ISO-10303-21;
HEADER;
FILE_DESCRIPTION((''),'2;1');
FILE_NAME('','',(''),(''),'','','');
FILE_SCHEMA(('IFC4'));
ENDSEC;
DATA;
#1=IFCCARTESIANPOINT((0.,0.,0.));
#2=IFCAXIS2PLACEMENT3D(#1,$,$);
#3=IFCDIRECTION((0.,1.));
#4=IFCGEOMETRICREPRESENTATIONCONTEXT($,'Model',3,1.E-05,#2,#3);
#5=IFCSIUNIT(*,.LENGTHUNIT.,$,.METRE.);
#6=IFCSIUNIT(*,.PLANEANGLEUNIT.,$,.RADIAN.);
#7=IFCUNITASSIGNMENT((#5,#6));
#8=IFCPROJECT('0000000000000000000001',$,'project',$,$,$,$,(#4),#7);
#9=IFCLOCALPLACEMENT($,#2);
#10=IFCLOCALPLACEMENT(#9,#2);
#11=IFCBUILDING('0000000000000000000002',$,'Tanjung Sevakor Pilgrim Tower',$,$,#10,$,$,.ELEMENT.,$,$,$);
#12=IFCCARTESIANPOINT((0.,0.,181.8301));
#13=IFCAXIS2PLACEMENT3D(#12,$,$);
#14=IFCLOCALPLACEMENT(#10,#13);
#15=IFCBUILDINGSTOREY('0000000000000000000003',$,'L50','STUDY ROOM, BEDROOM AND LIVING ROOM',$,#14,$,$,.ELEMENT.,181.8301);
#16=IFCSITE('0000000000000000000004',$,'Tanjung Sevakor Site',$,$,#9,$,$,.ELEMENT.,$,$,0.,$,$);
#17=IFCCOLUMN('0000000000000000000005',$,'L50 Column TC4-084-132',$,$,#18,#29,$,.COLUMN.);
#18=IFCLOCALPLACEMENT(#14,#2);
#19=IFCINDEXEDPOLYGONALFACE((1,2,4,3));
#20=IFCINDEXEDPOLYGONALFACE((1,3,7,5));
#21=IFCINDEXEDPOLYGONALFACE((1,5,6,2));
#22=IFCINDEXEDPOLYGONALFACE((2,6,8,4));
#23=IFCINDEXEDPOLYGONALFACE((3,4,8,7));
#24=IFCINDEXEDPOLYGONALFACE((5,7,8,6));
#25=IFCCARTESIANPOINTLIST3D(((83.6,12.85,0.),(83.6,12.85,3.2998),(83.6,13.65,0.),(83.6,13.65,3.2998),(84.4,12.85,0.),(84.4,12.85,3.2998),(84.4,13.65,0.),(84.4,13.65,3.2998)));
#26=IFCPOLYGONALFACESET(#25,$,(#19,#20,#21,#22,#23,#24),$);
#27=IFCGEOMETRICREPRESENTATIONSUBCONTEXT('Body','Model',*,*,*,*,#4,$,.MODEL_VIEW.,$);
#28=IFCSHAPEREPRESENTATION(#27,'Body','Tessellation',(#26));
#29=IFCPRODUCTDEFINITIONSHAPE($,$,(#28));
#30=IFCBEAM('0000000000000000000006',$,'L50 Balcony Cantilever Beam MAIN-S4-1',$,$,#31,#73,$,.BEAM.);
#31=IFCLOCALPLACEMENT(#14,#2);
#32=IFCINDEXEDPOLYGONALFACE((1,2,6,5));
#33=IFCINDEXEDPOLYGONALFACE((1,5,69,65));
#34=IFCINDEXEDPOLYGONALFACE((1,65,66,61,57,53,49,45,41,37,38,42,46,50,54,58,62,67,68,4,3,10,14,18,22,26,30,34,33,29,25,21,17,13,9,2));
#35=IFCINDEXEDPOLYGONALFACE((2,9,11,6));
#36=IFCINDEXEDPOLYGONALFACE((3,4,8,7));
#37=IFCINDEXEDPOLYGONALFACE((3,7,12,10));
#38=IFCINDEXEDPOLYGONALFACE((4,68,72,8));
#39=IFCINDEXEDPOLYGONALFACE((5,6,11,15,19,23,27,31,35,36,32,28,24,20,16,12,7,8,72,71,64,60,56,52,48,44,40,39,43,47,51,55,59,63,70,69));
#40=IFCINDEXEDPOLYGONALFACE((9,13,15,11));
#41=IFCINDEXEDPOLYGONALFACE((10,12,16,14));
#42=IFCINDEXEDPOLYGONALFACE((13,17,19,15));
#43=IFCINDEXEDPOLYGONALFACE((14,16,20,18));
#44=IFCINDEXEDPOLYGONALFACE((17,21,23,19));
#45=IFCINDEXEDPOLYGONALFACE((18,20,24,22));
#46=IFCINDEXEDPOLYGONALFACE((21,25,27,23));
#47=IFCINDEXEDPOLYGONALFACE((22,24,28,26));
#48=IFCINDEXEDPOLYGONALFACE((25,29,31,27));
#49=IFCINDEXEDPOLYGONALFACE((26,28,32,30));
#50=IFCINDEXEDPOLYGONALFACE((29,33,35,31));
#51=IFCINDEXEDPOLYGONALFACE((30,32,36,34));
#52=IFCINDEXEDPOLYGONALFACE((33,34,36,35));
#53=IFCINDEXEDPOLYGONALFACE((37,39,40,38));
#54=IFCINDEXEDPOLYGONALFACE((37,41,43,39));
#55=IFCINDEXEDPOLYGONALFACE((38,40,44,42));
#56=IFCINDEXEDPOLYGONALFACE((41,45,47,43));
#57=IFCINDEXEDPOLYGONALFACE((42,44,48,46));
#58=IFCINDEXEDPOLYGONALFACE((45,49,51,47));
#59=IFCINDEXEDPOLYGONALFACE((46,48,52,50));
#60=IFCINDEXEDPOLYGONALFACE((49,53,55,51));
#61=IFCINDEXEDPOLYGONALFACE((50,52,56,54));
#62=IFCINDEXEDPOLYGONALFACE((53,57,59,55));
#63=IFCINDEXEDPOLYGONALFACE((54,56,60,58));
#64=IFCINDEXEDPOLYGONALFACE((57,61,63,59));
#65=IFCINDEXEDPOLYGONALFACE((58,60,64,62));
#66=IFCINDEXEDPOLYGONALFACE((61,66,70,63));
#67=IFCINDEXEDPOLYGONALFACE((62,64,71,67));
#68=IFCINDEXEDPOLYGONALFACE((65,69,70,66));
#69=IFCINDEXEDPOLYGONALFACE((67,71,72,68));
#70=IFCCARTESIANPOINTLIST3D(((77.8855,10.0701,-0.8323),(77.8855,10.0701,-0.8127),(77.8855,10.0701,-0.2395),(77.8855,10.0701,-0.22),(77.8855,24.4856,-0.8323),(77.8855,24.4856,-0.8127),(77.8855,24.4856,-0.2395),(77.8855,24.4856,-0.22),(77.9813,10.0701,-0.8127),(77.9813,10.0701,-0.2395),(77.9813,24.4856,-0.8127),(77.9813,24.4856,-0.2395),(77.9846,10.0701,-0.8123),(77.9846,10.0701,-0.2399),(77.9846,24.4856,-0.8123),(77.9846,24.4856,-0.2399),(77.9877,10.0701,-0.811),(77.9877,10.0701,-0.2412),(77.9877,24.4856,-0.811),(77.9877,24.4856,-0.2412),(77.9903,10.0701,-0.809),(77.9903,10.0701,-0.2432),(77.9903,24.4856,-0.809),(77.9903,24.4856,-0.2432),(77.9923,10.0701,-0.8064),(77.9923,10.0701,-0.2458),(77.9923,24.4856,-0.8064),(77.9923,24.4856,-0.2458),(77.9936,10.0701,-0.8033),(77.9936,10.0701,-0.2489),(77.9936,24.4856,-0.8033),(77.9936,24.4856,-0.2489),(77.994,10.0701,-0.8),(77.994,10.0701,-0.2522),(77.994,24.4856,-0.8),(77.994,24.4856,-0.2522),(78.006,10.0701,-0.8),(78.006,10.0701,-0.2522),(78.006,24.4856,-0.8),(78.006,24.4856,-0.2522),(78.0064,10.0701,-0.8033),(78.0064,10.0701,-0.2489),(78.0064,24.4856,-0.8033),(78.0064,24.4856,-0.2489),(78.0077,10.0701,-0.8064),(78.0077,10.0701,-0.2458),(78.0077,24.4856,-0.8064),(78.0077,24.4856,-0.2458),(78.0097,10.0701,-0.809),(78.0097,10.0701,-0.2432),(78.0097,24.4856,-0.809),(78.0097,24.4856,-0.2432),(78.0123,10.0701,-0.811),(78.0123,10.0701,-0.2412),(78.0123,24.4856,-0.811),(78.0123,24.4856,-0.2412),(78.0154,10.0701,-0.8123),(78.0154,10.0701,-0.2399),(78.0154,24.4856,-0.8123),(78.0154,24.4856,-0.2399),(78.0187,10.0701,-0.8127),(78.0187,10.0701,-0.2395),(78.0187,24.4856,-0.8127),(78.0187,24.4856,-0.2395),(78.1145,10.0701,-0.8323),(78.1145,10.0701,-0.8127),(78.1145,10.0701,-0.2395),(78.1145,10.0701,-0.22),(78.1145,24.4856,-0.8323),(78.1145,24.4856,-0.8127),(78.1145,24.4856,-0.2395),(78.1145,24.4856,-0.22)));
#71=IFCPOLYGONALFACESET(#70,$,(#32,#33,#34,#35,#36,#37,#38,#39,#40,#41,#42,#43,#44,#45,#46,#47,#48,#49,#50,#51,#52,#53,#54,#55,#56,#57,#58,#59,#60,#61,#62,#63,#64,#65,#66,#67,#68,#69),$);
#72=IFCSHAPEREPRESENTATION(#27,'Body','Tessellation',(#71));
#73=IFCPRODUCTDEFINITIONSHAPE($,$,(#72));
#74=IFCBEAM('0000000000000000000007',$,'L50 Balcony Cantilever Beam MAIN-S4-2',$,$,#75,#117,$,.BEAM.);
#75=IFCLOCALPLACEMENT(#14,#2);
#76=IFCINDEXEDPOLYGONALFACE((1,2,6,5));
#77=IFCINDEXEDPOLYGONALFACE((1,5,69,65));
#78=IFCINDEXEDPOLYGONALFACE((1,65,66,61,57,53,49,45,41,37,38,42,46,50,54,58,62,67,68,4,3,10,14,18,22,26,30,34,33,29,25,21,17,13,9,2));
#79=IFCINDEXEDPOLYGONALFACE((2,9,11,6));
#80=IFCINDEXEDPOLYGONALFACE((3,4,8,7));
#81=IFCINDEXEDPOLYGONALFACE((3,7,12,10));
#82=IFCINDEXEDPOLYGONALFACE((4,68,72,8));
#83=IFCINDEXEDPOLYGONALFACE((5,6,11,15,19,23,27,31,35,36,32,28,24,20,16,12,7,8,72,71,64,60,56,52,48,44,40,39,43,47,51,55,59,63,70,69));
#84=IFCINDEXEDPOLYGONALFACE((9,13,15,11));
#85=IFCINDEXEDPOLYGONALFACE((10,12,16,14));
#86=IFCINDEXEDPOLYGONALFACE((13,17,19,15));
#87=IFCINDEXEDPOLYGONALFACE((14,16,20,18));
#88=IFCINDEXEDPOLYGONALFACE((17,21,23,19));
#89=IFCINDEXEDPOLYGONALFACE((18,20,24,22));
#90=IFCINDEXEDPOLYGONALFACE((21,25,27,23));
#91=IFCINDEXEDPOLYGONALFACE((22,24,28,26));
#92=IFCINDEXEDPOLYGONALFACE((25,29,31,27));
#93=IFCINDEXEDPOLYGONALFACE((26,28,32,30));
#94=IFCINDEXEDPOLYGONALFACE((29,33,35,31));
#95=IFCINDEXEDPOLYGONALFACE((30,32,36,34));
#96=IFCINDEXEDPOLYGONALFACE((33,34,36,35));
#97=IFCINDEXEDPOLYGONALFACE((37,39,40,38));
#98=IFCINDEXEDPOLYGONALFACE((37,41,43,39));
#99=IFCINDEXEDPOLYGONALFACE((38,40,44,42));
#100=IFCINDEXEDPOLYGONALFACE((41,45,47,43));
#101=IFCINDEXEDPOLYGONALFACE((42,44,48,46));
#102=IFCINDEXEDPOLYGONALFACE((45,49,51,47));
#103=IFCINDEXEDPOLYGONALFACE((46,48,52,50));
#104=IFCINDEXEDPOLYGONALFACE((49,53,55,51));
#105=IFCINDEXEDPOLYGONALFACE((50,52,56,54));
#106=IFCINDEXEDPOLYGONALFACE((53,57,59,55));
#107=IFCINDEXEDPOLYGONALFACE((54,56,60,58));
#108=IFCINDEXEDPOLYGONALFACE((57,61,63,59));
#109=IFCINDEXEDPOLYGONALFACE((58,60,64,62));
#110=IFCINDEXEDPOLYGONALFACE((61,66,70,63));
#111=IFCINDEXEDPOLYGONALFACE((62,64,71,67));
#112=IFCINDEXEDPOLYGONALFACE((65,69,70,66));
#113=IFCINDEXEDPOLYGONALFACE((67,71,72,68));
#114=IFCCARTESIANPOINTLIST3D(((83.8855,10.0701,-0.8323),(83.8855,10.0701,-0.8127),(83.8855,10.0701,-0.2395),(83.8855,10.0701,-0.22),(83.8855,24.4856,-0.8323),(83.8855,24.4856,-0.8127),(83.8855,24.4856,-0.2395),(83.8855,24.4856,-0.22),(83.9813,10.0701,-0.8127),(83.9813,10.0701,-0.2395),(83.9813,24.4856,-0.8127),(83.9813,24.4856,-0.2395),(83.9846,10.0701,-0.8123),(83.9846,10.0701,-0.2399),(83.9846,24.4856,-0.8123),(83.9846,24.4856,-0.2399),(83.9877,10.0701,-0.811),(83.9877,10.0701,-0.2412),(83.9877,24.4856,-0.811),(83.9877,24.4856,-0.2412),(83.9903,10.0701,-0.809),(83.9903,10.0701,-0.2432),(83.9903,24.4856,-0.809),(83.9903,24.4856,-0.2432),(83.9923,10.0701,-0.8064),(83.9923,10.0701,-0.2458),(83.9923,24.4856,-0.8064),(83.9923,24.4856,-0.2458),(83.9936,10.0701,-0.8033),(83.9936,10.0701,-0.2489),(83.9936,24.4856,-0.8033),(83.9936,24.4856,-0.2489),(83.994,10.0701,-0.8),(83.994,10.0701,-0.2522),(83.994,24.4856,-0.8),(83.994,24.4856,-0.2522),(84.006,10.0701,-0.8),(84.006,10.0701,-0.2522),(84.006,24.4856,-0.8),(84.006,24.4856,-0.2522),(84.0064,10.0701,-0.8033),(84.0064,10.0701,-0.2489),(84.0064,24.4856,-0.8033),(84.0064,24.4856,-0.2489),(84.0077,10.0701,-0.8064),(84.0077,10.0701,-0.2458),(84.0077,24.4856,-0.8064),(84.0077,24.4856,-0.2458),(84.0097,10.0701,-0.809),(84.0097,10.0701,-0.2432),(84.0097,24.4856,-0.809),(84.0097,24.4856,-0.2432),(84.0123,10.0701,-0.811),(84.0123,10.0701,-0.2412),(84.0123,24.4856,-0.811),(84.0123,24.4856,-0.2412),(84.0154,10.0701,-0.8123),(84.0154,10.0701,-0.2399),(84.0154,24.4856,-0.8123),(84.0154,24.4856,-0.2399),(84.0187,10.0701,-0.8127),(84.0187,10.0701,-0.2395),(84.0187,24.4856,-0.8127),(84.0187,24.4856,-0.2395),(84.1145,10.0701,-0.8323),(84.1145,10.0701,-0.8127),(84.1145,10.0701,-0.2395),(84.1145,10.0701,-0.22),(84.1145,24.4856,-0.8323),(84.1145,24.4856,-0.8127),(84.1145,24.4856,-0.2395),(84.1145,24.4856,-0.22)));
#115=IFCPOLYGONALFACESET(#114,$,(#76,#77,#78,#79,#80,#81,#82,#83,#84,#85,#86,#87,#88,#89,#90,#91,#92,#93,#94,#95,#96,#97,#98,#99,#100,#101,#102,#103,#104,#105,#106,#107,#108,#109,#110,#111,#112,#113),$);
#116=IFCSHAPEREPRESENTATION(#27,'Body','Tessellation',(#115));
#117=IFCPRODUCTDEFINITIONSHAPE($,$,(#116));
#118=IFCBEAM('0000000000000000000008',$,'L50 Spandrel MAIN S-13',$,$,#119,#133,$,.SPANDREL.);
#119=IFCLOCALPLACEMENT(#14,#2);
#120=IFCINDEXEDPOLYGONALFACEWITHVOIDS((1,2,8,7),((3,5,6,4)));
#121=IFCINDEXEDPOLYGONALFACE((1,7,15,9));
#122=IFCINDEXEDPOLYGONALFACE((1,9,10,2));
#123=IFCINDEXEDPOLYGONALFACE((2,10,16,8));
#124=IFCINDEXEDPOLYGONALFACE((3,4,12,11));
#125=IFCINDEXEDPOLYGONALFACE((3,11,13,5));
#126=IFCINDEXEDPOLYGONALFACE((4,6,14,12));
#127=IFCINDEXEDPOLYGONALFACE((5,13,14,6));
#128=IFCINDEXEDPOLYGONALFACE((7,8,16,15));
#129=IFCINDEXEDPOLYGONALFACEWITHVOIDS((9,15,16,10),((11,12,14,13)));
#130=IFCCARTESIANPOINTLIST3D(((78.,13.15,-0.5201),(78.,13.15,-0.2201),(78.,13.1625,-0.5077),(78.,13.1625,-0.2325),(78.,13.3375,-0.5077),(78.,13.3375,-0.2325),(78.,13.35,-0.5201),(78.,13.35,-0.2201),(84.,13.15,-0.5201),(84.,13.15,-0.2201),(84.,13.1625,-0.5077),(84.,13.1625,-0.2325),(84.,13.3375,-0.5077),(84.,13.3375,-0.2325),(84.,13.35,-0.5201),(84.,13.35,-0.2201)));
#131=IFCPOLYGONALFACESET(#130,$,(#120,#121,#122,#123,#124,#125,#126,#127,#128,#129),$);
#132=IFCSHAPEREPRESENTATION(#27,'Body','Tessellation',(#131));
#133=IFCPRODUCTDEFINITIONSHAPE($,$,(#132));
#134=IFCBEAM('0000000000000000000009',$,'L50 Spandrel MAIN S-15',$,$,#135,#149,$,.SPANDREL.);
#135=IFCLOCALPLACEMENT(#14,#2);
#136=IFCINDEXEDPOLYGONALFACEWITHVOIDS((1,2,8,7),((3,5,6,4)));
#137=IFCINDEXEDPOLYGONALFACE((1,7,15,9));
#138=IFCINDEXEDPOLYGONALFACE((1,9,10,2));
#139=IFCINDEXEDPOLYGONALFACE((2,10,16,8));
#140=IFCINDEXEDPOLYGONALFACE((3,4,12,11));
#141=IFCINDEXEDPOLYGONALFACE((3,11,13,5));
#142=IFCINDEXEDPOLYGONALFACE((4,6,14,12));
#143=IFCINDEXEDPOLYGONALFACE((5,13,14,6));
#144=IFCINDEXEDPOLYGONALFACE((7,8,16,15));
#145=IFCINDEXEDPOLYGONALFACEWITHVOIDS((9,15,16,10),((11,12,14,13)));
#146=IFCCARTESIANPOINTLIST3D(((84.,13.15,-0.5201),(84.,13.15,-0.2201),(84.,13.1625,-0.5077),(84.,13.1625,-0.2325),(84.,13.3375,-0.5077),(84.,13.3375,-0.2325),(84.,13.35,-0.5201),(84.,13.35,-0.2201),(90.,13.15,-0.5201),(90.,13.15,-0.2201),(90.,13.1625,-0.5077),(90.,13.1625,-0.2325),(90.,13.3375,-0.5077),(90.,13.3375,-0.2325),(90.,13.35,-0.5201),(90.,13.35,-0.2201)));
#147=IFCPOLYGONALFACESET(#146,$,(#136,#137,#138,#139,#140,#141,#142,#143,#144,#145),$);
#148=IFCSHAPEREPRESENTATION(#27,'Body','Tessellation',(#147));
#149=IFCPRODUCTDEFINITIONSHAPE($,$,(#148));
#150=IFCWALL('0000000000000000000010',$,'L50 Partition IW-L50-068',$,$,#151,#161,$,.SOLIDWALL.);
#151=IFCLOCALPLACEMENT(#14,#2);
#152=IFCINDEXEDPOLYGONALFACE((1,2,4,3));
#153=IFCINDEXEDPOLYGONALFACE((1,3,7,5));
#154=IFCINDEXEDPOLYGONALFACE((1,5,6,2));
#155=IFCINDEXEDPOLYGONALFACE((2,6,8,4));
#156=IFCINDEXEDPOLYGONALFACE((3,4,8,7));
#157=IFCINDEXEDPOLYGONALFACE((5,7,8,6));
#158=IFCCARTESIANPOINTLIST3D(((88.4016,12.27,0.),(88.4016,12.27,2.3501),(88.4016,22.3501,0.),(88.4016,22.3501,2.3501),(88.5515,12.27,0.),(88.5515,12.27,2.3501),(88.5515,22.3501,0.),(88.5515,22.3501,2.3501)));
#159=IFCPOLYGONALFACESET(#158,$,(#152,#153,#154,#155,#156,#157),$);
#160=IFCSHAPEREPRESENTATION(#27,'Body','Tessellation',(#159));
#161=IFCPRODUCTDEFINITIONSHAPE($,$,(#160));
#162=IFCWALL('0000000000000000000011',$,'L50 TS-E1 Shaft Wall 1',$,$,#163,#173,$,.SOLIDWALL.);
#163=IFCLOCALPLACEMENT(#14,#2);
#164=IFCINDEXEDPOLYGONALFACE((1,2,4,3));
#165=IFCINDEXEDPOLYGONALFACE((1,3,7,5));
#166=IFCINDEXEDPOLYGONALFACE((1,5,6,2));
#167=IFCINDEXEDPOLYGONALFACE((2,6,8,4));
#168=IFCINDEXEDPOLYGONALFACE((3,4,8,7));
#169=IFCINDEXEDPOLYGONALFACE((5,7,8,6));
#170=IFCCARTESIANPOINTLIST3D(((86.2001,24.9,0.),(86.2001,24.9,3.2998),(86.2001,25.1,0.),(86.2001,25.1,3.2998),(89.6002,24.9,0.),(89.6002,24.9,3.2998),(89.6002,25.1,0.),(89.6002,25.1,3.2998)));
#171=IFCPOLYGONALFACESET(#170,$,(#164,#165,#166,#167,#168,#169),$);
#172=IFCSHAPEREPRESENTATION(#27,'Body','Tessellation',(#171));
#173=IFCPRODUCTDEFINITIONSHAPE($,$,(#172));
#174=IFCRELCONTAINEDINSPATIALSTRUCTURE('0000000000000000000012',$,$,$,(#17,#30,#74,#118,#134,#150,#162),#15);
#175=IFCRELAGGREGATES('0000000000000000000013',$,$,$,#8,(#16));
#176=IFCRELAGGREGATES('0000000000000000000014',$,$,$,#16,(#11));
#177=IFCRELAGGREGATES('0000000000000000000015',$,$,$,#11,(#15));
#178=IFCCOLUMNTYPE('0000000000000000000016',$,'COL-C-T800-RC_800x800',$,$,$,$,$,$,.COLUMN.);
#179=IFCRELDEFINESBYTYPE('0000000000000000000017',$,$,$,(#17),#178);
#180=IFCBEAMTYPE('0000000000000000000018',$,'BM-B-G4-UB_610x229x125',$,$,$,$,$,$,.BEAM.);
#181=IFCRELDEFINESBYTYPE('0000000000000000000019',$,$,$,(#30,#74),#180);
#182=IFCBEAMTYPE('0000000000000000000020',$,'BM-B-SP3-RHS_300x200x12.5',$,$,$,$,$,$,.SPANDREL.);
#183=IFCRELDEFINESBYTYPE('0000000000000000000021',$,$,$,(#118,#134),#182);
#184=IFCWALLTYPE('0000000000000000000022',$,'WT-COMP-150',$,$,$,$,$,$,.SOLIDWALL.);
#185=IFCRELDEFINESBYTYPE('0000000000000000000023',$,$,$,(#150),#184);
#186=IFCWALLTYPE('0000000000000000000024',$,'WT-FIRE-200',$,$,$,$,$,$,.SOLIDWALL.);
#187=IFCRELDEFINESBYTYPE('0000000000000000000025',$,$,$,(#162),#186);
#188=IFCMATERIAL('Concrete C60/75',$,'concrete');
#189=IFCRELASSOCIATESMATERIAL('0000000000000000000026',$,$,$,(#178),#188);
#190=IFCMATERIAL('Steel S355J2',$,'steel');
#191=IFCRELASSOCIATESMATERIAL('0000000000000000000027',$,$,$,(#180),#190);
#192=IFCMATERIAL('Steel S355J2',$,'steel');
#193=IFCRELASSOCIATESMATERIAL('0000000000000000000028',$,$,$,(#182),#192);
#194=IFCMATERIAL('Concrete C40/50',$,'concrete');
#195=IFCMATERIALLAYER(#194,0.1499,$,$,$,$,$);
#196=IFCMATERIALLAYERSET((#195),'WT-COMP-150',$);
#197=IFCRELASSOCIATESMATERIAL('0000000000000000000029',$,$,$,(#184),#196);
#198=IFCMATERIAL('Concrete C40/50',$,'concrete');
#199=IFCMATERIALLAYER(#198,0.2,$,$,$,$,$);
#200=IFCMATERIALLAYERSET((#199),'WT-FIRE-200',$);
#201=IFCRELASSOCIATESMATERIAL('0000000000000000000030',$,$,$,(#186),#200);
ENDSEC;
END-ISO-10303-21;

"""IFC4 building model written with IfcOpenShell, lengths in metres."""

from ifc_helpers import new_model, si_unit, direction, frame, frame_2d, origin, origin_2d, place, context, subcontext, project, spatial, rectangle, hollow_rectangle, i_section, extrude, material, layer, layer_set, material_profile, profile_set, type_object, element, save


model = new_model("IFC4")

# Units and contexts
model_context = context("Model", 3, precision=1e-05, world=origin(), true_north=direction((0.0, 1.0)))
body_context = subcontext(model_context, "Body", "Model", "MODEL_VIEW")
ifc_project = project(units=[si_unit("LENGTHUNIT", "METRE"), si_unit("PLANEANGLEUNIT", "RADIAN")], contexts=[model_context])

# Site, building, storey
site_placement = place(None, origin())
site = spatial("IfcSite", under=ifc_project, at=site_placement, Name="Tanjung Sevakor Site", CompositionType="ELEMENT", RefElevation=0.0)
building_placement = place(site_placement, origin())
building = spatial("IfcBuilding", under=site, at=building_placement, Name="Tanjung Sevakor Pilgrim Tower", CompositionType="ELEMENT")
storey_placement = place(building_placement, frame((0.0, 0.0, 181.8301)))
storey = spatial("IfcBuildingStorey", under=building, at=storey_placement, Name="L50", Description="STUDY ROOM, BEDROOM AND LIVING ROOM", CompositionType="ELEMENT", Elevation=181.8301)

# Column
ifc_material_1 = material(Name="Concrete C60/75", Category="concrete")
ifc_material_profile_1 = material_profile(ifc_material_1, rectangle(XDim=0.8, YDim=0.8, at=origin_2d()))
ifc_profile_set_1 = profile_set([ifc_material_profile_1], Name="Concrete C60/75")
column_type = type_object("IfcColumnType", Name="COL-C-T800-RC_800x800", PredefinedType="COLUMN", material=ifc_profile_set_1)
column_placement = place(storey_placement, frame((84.0, 13.25, 0.0), z_axis=(0.0, 0.0, 1.0), x_axis=(1.0, 0.0, 0.0)))
element("IfcColumn", 1, at=column_placement, inside=storey, type_object=column_type, Name="L50 Column TC4-084-132", PredefinedType="COLUMN", context=body_context, shape_type="SweptSolid", body=[
    extrude(rectangle(XDim=0.8, YDim=0.8, at=origin_2d()), origin(), (0.0, 0.0, 1.0), 3.2998),
])

# Beams
ifc_material_2 = material(Name="Steel S355J2", Category="steel")
ifc_material_profile_2 = material_profile(ifc_material_2, i_section(OverallWidth=0.229, OverallDepth=0.6123, WebThickness=0.012, FlangeThickness=0.0195, FilletRadius=0.0127, at=origin_2d()))
ifc_profile_set_2 = profile_set([ifc_material_profile_2], Name="Steel S355J2")
beam_type_1 = type_object("IfcBeamType", Name="BM-B-G4-UB_610x229x125", PredefinedType="BEAM", material=ifc_profile_set_2)
for number, where, z_axis, x_axis, name in (
    (2, (78.0, 24.4856, -0.5261), (0.0, -1.0, 0.0), (1.0, 0.0, 0.0), "L50 Balcony Cantilever Beam MAIN-S4-1"),
    (3, (84.0, 24.4856, -0.5261), (0.0, -1.0, 0.0), (1.0, 0.0, 0.0), "L50 Balcony Cantilever Beam MAIN-S4-2"),
):
    element("IfcBeam", number, at=place(storey_placement, frame(where, z_axis=z_axis, x_axis=x_axis)), inside=storey, type_object=beam_type_1, Name=name, PredefinedType="BEAM", context=body_context, shape_type="SweptSolid", body=[
        extrude(i_section(OverallWidth=0.229, OverallDepth=0.6123, WebThickness=0.012, FlangeThickness=0.0195, FilletRadius=0.0127, at=origin_2d()), origin(), (0.0, 0.0, 1.0), 14.4155),
    ])
ifc_material_3 = material(Name="Steel S355J2", Category="steel")
ifc_material_profile_3 = material_profile(ifc_material_3, hollow_rectangle(XDim=0.2, YDim=0.3, WallThickness=0.0125, at=origin_2d()))
ifc_profile_set_3 = profile_set([ifc_material_profile_3], Name="Steel S355J2")
beam_type_2 = type_object("IfcBeamType", Name="BM-B-SP3-RHS_300x200x12.5", PredefinedType="SPANDREL", material=ifc_profile_set_3)
for number, where, z_axis, x_axis, name in (
    (4, (78.0, 13.25, -0.3701), (1.0, 0.0, 0.0), (0.0, 1.0, 0.0), "L50 Spandrel MAIN S-13"),
    (5, (84.0, 13.25, -0.3701), (1.0, 0.0, 0.0), (0.0, 1.0, 0.0), "L50 Spandrel MAIN S-15"),
):
    element("IfcBeam", number, at=place(storey_placement, frame(where, z_axis=z_axis, x_axis=x_axis)), inside=storey, type_object=beam_type_2, Name=name, PredefinedType="SPANDREL", context=body_context, shape_type="SweptSolid", body=[
        extrude(hollow_rectangle(XDim=0.2, YDim=0.3, WallThickness=0.0125, at=origin_2d()), origin(), (0.0, 0.0, 1.0), 6.0),
    ])

# Walls
ifc_material_4 = material(Name="Concrete C40/50", Category="concrete")
ifc_layer_1 = layer(ifc_material_4, 0.1499)
ifc_layer_set_1 = layer_set([ifc_layer_1], Name="WT-COMP-150")
wall_type_1 = type_object("IfcWallType", Name="WT-COMP-150", PredefinedType="SOLIDWALL", material=ifc_layer_set_1)
wall_1_placement = place(storey_placement, frame((88.4766, 12.27, 0.0), z_axis=(0.0, 0.0, 1.0), x_axis=(0.0, 1.0, 0.0)))
element("IfcWall", 6, at=wall_1_placement, inside=storey, type_object=wall_type_1, Name="L50 Partition IW-L50-068", PredefinedType="SOLIDWALL", context=body_context, shape_type="SweptSolid", body=[
    extrude(rectangle(XDim=10.0801, YDim=0.1499, at=frame_2d((5.04, 0.0))), origin(), (0.0, 0.0, 1.0), 2.3501),
])
ifc_material_5 = material(Name="Concrete C40/50", Category="concrete")
ifc_layer_2 = layer(ifc_material_5, 0.2)
ifc_layer_set_2 = layer_set([ifc_layer_2], Name="WT-FIRE-200")
wall_type_2 = type_object("IfcWallType", Name="WT-FIRE-200", PredefinedType="SOLIDWALL", material=ifc_layer_set_2)
wall_2_placement = place(storey_placement, frame((86.2, 25.0, 0.0), z_axis=(0.0, 0.0, 1.0), x_axis=(1.0, 0.0, 0.0)))
element("IfcWall", 7, at=wall_2_placement, inside=storey, type_object=wall_type_2, Name="L50 TS-E1 Shaft Wall 1", PredefinedType="SOLIDWALL", context=body_context, shape_type="SweptSolid", body=[
    extrude(rectangle(XDim=3.4001, YDim=0.2, at=frame_2d((1.7002, 0.0))), origin(), (0.0, 0.0, 1.0), 3.2998),
])

save(model, "model.ifc")
